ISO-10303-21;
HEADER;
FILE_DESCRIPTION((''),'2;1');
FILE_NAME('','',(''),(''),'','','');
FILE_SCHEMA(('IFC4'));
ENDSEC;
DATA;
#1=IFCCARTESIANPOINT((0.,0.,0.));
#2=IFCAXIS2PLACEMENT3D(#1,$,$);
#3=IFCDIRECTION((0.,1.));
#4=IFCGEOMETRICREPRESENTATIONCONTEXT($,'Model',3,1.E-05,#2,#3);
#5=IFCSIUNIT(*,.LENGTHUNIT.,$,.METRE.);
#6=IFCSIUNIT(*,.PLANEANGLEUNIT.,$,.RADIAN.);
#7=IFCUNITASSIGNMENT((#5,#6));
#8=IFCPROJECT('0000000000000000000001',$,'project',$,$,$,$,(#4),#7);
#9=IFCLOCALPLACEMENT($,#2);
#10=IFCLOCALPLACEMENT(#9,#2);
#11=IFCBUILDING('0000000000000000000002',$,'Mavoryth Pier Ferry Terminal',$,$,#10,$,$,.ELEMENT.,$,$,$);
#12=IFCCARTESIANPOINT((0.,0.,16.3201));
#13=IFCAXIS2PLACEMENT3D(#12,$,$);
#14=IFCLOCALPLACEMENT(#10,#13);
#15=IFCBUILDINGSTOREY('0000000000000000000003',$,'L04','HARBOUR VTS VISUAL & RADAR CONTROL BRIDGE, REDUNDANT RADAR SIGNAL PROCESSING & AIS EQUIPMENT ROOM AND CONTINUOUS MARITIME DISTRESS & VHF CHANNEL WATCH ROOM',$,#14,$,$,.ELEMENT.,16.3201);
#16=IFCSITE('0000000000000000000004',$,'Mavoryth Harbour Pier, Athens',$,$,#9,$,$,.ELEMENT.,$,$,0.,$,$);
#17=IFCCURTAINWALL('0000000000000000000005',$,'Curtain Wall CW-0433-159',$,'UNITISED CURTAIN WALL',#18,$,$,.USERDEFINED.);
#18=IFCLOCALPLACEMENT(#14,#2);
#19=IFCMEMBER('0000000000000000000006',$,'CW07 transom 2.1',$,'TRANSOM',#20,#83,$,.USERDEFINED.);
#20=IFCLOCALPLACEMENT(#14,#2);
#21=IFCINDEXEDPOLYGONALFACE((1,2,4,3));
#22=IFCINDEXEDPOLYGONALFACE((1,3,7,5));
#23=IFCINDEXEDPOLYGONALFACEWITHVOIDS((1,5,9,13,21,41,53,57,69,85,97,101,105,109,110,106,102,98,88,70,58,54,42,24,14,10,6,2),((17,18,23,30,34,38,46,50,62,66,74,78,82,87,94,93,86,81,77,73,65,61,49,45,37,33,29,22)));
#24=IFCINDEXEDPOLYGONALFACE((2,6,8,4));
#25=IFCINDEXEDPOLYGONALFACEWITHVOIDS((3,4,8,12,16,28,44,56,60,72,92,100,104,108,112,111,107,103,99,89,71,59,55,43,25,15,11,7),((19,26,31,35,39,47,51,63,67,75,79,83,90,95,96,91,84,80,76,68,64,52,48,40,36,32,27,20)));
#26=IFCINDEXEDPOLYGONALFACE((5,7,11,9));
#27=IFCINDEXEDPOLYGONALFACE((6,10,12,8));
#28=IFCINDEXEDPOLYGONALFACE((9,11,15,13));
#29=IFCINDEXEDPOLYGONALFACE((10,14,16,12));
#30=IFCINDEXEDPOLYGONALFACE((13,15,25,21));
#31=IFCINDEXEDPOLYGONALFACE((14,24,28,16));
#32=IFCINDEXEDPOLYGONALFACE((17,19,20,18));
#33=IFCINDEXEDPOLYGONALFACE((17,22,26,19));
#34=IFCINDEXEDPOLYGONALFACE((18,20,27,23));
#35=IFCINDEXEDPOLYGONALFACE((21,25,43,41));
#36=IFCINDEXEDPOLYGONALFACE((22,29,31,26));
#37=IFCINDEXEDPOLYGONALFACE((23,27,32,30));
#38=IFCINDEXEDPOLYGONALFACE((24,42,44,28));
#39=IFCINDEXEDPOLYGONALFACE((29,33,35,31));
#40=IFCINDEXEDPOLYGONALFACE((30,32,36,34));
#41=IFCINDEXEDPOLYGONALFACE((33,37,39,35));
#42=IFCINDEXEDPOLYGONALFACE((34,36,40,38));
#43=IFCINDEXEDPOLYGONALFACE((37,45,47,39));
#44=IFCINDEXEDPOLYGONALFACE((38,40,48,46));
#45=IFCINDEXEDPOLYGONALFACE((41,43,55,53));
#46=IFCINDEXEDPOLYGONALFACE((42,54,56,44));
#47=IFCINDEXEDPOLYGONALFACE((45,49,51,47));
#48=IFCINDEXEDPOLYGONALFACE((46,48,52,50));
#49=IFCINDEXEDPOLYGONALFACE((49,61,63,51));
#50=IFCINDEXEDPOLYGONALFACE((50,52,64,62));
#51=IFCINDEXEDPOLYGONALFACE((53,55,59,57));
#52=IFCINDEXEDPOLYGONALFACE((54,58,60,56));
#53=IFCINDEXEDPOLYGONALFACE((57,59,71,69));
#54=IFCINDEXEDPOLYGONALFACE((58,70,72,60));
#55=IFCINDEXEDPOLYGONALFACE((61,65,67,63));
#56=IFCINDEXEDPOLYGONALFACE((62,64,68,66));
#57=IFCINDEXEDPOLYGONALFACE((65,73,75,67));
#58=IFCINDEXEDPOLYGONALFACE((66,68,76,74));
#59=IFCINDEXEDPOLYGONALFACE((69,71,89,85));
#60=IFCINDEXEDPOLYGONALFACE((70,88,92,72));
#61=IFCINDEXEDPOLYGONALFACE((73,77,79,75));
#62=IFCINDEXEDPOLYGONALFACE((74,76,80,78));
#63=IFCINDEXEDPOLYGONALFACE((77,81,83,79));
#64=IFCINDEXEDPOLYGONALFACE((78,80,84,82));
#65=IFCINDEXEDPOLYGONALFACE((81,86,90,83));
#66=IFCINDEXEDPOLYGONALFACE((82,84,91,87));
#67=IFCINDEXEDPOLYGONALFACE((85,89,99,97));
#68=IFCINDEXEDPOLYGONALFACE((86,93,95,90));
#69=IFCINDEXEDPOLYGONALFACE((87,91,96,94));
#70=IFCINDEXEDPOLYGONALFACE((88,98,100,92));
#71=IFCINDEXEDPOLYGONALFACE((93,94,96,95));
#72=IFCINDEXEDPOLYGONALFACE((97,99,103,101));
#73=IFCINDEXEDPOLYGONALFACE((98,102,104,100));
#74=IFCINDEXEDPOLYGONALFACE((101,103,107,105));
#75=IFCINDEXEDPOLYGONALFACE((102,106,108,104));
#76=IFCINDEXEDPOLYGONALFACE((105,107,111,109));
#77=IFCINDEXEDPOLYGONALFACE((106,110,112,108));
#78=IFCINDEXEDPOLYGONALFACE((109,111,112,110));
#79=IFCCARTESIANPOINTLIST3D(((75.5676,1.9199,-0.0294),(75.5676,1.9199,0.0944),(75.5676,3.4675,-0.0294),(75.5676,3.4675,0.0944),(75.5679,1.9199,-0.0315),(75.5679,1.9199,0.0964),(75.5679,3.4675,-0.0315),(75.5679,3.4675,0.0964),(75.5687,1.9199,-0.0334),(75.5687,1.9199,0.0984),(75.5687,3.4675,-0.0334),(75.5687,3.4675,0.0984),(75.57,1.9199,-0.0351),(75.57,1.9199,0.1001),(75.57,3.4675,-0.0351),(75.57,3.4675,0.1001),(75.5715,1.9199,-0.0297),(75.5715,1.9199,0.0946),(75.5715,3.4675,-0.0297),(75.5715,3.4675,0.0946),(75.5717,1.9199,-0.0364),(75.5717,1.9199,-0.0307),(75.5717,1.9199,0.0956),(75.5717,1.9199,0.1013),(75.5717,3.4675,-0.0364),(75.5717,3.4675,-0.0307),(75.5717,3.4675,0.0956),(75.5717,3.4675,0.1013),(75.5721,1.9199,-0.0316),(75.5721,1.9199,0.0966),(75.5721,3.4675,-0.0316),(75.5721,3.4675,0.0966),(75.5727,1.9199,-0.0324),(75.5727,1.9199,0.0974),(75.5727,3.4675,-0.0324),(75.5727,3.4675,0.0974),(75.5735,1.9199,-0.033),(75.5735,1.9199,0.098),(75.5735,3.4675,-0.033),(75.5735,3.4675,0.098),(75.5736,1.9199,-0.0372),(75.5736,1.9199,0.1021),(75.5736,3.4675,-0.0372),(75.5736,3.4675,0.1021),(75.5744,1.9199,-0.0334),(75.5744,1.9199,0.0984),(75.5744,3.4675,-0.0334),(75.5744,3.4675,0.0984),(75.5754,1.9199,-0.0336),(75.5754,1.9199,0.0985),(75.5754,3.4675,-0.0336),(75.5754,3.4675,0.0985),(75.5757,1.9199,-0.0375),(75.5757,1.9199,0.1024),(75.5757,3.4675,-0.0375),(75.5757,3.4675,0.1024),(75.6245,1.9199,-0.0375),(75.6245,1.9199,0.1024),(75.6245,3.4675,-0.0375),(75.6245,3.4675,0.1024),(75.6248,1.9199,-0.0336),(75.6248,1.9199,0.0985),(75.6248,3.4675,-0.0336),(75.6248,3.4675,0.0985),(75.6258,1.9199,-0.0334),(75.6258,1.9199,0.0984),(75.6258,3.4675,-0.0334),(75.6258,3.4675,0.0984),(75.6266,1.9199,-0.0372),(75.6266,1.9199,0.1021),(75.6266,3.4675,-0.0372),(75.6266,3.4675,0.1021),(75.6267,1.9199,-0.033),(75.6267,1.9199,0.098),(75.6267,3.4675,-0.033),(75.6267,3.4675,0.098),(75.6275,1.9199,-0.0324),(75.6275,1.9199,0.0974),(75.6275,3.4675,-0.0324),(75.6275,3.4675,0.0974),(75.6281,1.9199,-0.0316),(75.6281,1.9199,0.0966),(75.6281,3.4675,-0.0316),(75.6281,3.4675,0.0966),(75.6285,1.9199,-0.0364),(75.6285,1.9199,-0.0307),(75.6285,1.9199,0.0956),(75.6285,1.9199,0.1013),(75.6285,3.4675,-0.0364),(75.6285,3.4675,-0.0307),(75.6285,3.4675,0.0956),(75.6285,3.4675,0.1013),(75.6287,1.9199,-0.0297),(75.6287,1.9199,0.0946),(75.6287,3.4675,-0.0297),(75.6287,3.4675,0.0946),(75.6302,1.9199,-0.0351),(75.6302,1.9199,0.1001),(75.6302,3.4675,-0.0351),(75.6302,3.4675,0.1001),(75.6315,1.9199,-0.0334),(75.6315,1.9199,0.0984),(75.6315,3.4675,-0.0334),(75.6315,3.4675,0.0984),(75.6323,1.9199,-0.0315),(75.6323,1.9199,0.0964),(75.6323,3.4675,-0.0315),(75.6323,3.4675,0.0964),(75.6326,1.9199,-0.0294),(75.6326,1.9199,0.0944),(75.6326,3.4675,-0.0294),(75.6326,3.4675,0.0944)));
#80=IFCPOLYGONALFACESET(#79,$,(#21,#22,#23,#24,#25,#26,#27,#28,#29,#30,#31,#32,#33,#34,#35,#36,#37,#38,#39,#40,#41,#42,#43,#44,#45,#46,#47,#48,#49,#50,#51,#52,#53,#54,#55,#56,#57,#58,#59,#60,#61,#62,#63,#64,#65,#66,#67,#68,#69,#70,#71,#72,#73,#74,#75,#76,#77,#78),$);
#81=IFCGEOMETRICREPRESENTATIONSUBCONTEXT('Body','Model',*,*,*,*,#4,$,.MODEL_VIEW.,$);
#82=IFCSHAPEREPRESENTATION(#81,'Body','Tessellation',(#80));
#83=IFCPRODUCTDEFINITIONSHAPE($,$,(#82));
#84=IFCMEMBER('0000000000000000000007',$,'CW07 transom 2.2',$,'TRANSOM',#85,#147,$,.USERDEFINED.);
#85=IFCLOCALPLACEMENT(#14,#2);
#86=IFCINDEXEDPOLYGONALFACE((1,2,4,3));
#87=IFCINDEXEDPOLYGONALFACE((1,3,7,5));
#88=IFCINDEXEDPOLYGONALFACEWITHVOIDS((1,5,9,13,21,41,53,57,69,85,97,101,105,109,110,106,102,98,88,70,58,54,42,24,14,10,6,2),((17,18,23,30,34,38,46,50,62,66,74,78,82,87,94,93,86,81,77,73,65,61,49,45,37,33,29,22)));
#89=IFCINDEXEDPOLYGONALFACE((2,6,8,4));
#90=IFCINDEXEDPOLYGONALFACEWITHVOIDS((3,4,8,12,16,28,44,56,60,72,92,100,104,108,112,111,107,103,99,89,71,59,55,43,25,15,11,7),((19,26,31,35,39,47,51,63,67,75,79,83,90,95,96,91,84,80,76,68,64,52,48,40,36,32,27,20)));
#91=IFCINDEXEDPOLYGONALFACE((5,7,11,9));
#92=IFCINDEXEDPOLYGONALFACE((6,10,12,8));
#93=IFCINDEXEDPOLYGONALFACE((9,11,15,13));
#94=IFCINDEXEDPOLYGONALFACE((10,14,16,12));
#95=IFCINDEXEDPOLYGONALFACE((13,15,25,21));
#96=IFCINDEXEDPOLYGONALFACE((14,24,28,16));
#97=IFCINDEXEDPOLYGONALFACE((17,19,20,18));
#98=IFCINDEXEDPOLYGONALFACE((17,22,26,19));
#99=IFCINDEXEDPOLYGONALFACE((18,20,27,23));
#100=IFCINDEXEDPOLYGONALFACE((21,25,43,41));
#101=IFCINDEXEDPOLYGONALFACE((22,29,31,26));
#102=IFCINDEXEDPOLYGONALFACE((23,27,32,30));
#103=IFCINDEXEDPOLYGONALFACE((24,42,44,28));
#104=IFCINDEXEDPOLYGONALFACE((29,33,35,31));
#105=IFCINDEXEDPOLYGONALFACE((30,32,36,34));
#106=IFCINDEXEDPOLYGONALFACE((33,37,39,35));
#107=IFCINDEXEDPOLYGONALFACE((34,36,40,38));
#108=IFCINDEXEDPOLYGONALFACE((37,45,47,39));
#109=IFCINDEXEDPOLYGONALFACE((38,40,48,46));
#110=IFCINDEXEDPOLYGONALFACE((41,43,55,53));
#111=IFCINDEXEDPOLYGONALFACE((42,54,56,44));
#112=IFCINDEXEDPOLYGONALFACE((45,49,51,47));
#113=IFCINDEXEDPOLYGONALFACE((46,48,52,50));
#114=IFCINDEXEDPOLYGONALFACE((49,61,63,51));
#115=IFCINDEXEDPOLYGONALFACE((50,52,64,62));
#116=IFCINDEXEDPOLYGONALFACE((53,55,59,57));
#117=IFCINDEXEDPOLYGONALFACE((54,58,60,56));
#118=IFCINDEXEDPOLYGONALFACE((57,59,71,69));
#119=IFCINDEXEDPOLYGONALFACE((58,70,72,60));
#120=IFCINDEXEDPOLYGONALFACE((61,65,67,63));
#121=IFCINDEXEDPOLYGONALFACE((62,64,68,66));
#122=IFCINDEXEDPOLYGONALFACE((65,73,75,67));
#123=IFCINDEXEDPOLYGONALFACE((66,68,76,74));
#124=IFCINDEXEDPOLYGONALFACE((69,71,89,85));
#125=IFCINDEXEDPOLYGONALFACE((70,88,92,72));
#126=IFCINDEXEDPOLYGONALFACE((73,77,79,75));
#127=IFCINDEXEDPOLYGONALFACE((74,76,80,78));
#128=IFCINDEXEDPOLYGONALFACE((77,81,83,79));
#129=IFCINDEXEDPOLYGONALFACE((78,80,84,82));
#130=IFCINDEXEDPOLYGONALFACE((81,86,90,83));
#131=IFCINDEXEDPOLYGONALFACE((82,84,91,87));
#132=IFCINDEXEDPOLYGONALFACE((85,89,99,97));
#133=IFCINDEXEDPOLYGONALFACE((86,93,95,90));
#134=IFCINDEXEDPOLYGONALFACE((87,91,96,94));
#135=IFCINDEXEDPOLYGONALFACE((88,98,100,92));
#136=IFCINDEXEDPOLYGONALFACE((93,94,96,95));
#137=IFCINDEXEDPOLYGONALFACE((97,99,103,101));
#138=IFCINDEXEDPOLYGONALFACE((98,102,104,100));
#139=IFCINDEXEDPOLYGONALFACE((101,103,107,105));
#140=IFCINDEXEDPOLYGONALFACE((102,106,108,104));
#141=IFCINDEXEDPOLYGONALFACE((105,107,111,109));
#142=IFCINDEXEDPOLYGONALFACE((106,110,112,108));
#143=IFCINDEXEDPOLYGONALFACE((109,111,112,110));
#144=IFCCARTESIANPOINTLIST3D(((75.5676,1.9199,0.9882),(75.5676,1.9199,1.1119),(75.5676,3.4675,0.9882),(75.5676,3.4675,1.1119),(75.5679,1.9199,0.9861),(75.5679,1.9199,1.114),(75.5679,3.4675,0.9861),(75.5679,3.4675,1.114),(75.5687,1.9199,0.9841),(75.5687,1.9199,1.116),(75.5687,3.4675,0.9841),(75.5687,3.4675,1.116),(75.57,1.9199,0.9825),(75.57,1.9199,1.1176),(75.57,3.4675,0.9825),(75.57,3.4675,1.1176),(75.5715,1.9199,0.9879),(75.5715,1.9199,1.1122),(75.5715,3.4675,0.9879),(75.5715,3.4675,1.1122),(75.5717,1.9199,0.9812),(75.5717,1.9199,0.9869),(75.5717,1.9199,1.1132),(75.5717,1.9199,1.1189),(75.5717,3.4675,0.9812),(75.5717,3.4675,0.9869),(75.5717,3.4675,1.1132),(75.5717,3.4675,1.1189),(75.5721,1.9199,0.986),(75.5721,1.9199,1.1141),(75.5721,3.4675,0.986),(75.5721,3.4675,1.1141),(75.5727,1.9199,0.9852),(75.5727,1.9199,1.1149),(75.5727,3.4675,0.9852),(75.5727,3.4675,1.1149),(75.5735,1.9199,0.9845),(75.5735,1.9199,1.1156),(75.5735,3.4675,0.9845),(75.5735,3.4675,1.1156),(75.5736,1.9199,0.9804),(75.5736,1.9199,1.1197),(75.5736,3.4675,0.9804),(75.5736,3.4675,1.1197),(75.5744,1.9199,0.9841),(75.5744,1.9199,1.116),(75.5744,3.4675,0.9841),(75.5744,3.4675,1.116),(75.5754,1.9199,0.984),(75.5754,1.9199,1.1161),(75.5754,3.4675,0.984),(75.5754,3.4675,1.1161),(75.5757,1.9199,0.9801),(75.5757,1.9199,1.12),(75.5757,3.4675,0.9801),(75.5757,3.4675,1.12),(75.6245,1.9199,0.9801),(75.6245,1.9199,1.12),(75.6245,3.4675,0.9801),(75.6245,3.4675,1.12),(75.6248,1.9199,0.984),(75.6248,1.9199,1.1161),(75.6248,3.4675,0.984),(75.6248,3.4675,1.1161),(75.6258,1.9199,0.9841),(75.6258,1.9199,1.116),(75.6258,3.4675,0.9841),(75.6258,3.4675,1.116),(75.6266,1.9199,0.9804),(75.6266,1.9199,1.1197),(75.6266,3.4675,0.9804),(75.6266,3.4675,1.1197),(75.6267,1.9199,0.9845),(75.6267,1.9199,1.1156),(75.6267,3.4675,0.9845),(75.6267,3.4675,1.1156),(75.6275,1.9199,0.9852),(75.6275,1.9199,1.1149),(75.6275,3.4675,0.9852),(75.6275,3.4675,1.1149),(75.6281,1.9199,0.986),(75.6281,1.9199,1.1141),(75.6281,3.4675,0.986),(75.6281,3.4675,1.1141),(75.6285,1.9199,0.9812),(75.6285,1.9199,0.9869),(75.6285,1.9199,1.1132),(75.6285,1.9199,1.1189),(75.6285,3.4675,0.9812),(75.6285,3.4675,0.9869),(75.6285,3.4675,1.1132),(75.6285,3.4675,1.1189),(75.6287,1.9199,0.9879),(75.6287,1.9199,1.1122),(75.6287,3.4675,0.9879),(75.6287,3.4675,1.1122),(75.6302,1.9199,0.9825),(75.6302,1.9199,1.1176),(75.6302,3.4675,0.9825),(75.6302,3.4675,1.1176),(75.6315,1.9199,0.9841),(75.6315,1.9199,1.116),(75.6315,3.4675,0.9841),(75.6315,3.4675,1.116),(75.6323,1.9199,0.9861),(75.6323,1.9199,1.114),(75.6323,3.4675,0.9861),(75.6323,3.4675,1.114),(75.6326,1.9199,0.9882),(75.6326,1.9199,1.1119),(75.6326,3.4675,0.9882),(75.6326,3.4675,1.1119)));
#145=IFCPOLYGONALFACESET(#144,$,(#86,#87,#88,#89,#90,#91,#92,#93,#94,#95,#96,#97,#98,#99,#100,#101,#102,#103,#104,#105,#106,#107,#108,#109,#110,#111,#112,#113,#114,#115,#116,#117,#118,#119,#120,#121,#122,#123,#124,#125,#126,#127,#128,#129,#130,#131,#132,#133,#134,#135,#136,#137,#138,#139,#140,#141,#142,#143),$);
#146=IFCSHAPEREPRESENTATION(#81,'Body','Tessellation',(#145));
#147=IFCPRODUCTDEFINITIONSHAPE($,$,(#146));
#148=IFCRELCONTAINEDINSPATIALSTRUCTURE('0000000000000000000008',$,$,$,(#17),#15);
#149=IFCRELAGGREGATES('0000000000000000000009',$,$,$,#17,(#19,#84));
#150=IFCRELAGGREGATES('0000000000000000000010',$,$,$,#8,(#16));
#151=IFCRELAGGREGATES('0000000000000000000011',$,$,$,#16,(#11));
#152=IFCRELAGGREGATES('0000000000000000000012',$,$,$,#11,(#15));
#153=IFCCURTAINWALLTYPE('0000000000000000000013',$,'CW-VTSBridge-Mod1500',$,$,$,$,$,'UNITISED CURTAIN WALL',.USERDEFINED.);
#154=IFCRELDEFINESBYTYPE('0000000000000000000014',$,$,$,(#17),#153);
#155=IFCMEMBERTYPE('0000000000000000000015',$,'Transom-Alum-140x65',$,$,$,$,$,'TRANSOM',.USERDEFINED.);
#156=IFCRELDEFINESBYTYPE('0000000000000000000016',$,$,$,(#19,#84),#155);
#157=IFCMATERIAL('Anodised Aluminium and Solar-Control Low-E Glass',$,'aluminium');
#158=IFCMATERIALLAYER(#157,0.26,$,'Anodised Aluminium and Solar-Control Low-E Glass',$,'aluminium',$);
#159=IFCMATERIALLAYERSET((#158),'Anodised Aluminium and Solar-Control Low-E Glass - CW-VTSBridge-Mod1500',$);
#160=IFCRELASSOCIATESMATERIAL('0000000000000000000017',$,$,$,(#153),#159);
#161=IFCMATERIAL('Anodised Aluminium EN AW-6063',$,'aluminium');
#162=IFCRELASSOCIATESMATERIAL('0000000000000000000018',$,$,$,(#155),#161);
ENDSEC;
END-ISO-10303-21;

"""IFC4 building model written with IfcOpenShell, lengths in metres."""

from ifc_helpers import new_model, si_unit, direction, frame, origin, origin_2d, place, context, subcontext, project, spatial, hollow_rectangle, extrude, material, layer, layer_set, material_profile, profile_set, type_object, element, aggregate, save


model = new_model("IFC4")

# Units and contexts
model_context = context("Model", 3, precision=1e-05, world=origin(), true_north=direction((0.0, 1.0)))
body_context = subcontext(model_context, "Body", "Model", "MODEL_VIEW")
ifc_project = project(units=[si_unit("LENGTHUNIT", "METRE"), si_unit("PLANEANGLEUNIT", "RADIAN")], contexts=[model_context])

# Site, building, storey
site_placement = place(None, origin())
site = spatial("IfcSite", under=ifc_project, at=site_placement, Name="Mavoryth Harbour Pier, Athens", CompositionType="ELEMENT", RefElevation=0.0)
building_placement = place(site_placement, origin())
building = spatial("IfcBuilding", under=site, at=building_placement, Name="Mavoryth Pier Ferry Terminal", CompositionType="ELEMENT")
storey_placement = place(building_placement, frame((0.0, 0.0, 16.3201)))
storey = spatial("IfcBuildingStorey", under=building, at=storey_placement, Name="L04", Description="HARBOUR VTS VISUAL & RADAR CONTROL BRIDGE, REDUNDANT RADAR SIGNAL PROCESSING & AIS EQUIPMENT ROOM AND CONTINUOUS MARITIME DISTRESS & VHF CHANNEL WATCH ROOM", CompositionType="ELEMENT", Elevation=16.3201)

# Curtain wall
ifc_material_1 = material(Name="Anodised Aluminium and Solar-Control Low-E Glass", Category="aluminium")
ifc_layer_1 = layer(ifc_material_1, 0.26, Name="Anodised Aluminium and Solar-Control Low-E Glass", Category="aluminium")
ifc_layer_set_1 = layer_set([ifc_layer_1], Name="Anodised Aluminium and Solar-Control Low-E Glass - CW-VTSBridge-Mod1500")
curtain_wall_type = type_object("IfcCurtainWallType", Name="CW-VTSBridge-Mod1500", ElementType="UNITISED CURTAIN WALL", PredefinedType="USERDEFINED", material=ifc_layer_set_1)
ifc_material_2 = material(Name="Anodised Aluminium EN AW-6063", Category="aluminium")
curtain_wall_1_placement = place(storey_placement, origin())
curtain_wall_1 = element("IfcCurtainWall", 1, at=curtain_wall_1_placement, inside=storey, type_object=curtain_wall_type, Name="Curtain Wall CW-0433-159", ObjectType="UNITISED CURTAIN WALL", PredefinedType="USERDEFINED")

# Members
ifc_material_profile_1 = material_profile(ifc_material_2, hollow_rectangle(XDim=0.0649, YDim=0.1399, WallThickness=0.0039, InnerFilletRadius=0.0039, OuterFilletRadius=0.0081, at=origin_2d()), Name="AL-TRAN 140x65x4", Category="aluminium")
ifc_profile_set_1 = profile_set([ifc_material_profile_1], Name="Anodised Aluminium EN AW-6063 - AL-TRAN 140x65x4")
member_type_1 = type_object("IfcMemberType", Name="Transom-Alum-140x65", ElementType="TRANSOM", PredefinedType="USERDEFINED", material=ifc_profile_set_1)
member_1_placement = place(storey_placement, frame((75.6001, 1.9199, 0.0325), z_axis=(0.0, 1.0, 0.0), x_axis=(-1.0, 0.0, 0.0)))
member_1 = element("IfcMember", 2, at=member_1_placement, type_object=member_type_1, Name="CW07 transom 2.1", ObjectType="TRANSOM", PredefinedType="USERDEFINED", context=body_context, shape_type="SweptSolid", body=[
    extrude(hollow_rectangle(XDim=0.0649, YDim=0.1399, WallThickness=0.0039, InnerFilletRadius=0.0039, OuterFilletRadius=0.0081, at=origin_2d()), origin(), (0.0, 0.0, 1.0), 1.5476),
])
member_2_placement = place(storey_placement, frame((75.6001, 1.9199, 1.05), z_axis=(0.0, 1.0, 0.0), x_axis=(-1.0, 0.0, 0.0)))
member_2 = element("IfcMember", 3, at=member_2_placement, type_object=member_type_1, Name="CW07 transom 2.2", ObjectType="TRANSOM", PredefinedType="USERDEFINED", context=body_context, shape_type="SweptSolid", body=[
    extrude(hollow_rectangle(XDim=0.0649, YDim=0.1399, WallThickness=0.0039, InnerFilletRadius=0.0039, OuterFilletRadius=0.0081, at=origin_2d()), origin(), (0.0, 0.0, 1.0), 1.5476),
])

aggregate(curtain_wall_1, [member_1, member_2])

save(model, "model.ifc")
